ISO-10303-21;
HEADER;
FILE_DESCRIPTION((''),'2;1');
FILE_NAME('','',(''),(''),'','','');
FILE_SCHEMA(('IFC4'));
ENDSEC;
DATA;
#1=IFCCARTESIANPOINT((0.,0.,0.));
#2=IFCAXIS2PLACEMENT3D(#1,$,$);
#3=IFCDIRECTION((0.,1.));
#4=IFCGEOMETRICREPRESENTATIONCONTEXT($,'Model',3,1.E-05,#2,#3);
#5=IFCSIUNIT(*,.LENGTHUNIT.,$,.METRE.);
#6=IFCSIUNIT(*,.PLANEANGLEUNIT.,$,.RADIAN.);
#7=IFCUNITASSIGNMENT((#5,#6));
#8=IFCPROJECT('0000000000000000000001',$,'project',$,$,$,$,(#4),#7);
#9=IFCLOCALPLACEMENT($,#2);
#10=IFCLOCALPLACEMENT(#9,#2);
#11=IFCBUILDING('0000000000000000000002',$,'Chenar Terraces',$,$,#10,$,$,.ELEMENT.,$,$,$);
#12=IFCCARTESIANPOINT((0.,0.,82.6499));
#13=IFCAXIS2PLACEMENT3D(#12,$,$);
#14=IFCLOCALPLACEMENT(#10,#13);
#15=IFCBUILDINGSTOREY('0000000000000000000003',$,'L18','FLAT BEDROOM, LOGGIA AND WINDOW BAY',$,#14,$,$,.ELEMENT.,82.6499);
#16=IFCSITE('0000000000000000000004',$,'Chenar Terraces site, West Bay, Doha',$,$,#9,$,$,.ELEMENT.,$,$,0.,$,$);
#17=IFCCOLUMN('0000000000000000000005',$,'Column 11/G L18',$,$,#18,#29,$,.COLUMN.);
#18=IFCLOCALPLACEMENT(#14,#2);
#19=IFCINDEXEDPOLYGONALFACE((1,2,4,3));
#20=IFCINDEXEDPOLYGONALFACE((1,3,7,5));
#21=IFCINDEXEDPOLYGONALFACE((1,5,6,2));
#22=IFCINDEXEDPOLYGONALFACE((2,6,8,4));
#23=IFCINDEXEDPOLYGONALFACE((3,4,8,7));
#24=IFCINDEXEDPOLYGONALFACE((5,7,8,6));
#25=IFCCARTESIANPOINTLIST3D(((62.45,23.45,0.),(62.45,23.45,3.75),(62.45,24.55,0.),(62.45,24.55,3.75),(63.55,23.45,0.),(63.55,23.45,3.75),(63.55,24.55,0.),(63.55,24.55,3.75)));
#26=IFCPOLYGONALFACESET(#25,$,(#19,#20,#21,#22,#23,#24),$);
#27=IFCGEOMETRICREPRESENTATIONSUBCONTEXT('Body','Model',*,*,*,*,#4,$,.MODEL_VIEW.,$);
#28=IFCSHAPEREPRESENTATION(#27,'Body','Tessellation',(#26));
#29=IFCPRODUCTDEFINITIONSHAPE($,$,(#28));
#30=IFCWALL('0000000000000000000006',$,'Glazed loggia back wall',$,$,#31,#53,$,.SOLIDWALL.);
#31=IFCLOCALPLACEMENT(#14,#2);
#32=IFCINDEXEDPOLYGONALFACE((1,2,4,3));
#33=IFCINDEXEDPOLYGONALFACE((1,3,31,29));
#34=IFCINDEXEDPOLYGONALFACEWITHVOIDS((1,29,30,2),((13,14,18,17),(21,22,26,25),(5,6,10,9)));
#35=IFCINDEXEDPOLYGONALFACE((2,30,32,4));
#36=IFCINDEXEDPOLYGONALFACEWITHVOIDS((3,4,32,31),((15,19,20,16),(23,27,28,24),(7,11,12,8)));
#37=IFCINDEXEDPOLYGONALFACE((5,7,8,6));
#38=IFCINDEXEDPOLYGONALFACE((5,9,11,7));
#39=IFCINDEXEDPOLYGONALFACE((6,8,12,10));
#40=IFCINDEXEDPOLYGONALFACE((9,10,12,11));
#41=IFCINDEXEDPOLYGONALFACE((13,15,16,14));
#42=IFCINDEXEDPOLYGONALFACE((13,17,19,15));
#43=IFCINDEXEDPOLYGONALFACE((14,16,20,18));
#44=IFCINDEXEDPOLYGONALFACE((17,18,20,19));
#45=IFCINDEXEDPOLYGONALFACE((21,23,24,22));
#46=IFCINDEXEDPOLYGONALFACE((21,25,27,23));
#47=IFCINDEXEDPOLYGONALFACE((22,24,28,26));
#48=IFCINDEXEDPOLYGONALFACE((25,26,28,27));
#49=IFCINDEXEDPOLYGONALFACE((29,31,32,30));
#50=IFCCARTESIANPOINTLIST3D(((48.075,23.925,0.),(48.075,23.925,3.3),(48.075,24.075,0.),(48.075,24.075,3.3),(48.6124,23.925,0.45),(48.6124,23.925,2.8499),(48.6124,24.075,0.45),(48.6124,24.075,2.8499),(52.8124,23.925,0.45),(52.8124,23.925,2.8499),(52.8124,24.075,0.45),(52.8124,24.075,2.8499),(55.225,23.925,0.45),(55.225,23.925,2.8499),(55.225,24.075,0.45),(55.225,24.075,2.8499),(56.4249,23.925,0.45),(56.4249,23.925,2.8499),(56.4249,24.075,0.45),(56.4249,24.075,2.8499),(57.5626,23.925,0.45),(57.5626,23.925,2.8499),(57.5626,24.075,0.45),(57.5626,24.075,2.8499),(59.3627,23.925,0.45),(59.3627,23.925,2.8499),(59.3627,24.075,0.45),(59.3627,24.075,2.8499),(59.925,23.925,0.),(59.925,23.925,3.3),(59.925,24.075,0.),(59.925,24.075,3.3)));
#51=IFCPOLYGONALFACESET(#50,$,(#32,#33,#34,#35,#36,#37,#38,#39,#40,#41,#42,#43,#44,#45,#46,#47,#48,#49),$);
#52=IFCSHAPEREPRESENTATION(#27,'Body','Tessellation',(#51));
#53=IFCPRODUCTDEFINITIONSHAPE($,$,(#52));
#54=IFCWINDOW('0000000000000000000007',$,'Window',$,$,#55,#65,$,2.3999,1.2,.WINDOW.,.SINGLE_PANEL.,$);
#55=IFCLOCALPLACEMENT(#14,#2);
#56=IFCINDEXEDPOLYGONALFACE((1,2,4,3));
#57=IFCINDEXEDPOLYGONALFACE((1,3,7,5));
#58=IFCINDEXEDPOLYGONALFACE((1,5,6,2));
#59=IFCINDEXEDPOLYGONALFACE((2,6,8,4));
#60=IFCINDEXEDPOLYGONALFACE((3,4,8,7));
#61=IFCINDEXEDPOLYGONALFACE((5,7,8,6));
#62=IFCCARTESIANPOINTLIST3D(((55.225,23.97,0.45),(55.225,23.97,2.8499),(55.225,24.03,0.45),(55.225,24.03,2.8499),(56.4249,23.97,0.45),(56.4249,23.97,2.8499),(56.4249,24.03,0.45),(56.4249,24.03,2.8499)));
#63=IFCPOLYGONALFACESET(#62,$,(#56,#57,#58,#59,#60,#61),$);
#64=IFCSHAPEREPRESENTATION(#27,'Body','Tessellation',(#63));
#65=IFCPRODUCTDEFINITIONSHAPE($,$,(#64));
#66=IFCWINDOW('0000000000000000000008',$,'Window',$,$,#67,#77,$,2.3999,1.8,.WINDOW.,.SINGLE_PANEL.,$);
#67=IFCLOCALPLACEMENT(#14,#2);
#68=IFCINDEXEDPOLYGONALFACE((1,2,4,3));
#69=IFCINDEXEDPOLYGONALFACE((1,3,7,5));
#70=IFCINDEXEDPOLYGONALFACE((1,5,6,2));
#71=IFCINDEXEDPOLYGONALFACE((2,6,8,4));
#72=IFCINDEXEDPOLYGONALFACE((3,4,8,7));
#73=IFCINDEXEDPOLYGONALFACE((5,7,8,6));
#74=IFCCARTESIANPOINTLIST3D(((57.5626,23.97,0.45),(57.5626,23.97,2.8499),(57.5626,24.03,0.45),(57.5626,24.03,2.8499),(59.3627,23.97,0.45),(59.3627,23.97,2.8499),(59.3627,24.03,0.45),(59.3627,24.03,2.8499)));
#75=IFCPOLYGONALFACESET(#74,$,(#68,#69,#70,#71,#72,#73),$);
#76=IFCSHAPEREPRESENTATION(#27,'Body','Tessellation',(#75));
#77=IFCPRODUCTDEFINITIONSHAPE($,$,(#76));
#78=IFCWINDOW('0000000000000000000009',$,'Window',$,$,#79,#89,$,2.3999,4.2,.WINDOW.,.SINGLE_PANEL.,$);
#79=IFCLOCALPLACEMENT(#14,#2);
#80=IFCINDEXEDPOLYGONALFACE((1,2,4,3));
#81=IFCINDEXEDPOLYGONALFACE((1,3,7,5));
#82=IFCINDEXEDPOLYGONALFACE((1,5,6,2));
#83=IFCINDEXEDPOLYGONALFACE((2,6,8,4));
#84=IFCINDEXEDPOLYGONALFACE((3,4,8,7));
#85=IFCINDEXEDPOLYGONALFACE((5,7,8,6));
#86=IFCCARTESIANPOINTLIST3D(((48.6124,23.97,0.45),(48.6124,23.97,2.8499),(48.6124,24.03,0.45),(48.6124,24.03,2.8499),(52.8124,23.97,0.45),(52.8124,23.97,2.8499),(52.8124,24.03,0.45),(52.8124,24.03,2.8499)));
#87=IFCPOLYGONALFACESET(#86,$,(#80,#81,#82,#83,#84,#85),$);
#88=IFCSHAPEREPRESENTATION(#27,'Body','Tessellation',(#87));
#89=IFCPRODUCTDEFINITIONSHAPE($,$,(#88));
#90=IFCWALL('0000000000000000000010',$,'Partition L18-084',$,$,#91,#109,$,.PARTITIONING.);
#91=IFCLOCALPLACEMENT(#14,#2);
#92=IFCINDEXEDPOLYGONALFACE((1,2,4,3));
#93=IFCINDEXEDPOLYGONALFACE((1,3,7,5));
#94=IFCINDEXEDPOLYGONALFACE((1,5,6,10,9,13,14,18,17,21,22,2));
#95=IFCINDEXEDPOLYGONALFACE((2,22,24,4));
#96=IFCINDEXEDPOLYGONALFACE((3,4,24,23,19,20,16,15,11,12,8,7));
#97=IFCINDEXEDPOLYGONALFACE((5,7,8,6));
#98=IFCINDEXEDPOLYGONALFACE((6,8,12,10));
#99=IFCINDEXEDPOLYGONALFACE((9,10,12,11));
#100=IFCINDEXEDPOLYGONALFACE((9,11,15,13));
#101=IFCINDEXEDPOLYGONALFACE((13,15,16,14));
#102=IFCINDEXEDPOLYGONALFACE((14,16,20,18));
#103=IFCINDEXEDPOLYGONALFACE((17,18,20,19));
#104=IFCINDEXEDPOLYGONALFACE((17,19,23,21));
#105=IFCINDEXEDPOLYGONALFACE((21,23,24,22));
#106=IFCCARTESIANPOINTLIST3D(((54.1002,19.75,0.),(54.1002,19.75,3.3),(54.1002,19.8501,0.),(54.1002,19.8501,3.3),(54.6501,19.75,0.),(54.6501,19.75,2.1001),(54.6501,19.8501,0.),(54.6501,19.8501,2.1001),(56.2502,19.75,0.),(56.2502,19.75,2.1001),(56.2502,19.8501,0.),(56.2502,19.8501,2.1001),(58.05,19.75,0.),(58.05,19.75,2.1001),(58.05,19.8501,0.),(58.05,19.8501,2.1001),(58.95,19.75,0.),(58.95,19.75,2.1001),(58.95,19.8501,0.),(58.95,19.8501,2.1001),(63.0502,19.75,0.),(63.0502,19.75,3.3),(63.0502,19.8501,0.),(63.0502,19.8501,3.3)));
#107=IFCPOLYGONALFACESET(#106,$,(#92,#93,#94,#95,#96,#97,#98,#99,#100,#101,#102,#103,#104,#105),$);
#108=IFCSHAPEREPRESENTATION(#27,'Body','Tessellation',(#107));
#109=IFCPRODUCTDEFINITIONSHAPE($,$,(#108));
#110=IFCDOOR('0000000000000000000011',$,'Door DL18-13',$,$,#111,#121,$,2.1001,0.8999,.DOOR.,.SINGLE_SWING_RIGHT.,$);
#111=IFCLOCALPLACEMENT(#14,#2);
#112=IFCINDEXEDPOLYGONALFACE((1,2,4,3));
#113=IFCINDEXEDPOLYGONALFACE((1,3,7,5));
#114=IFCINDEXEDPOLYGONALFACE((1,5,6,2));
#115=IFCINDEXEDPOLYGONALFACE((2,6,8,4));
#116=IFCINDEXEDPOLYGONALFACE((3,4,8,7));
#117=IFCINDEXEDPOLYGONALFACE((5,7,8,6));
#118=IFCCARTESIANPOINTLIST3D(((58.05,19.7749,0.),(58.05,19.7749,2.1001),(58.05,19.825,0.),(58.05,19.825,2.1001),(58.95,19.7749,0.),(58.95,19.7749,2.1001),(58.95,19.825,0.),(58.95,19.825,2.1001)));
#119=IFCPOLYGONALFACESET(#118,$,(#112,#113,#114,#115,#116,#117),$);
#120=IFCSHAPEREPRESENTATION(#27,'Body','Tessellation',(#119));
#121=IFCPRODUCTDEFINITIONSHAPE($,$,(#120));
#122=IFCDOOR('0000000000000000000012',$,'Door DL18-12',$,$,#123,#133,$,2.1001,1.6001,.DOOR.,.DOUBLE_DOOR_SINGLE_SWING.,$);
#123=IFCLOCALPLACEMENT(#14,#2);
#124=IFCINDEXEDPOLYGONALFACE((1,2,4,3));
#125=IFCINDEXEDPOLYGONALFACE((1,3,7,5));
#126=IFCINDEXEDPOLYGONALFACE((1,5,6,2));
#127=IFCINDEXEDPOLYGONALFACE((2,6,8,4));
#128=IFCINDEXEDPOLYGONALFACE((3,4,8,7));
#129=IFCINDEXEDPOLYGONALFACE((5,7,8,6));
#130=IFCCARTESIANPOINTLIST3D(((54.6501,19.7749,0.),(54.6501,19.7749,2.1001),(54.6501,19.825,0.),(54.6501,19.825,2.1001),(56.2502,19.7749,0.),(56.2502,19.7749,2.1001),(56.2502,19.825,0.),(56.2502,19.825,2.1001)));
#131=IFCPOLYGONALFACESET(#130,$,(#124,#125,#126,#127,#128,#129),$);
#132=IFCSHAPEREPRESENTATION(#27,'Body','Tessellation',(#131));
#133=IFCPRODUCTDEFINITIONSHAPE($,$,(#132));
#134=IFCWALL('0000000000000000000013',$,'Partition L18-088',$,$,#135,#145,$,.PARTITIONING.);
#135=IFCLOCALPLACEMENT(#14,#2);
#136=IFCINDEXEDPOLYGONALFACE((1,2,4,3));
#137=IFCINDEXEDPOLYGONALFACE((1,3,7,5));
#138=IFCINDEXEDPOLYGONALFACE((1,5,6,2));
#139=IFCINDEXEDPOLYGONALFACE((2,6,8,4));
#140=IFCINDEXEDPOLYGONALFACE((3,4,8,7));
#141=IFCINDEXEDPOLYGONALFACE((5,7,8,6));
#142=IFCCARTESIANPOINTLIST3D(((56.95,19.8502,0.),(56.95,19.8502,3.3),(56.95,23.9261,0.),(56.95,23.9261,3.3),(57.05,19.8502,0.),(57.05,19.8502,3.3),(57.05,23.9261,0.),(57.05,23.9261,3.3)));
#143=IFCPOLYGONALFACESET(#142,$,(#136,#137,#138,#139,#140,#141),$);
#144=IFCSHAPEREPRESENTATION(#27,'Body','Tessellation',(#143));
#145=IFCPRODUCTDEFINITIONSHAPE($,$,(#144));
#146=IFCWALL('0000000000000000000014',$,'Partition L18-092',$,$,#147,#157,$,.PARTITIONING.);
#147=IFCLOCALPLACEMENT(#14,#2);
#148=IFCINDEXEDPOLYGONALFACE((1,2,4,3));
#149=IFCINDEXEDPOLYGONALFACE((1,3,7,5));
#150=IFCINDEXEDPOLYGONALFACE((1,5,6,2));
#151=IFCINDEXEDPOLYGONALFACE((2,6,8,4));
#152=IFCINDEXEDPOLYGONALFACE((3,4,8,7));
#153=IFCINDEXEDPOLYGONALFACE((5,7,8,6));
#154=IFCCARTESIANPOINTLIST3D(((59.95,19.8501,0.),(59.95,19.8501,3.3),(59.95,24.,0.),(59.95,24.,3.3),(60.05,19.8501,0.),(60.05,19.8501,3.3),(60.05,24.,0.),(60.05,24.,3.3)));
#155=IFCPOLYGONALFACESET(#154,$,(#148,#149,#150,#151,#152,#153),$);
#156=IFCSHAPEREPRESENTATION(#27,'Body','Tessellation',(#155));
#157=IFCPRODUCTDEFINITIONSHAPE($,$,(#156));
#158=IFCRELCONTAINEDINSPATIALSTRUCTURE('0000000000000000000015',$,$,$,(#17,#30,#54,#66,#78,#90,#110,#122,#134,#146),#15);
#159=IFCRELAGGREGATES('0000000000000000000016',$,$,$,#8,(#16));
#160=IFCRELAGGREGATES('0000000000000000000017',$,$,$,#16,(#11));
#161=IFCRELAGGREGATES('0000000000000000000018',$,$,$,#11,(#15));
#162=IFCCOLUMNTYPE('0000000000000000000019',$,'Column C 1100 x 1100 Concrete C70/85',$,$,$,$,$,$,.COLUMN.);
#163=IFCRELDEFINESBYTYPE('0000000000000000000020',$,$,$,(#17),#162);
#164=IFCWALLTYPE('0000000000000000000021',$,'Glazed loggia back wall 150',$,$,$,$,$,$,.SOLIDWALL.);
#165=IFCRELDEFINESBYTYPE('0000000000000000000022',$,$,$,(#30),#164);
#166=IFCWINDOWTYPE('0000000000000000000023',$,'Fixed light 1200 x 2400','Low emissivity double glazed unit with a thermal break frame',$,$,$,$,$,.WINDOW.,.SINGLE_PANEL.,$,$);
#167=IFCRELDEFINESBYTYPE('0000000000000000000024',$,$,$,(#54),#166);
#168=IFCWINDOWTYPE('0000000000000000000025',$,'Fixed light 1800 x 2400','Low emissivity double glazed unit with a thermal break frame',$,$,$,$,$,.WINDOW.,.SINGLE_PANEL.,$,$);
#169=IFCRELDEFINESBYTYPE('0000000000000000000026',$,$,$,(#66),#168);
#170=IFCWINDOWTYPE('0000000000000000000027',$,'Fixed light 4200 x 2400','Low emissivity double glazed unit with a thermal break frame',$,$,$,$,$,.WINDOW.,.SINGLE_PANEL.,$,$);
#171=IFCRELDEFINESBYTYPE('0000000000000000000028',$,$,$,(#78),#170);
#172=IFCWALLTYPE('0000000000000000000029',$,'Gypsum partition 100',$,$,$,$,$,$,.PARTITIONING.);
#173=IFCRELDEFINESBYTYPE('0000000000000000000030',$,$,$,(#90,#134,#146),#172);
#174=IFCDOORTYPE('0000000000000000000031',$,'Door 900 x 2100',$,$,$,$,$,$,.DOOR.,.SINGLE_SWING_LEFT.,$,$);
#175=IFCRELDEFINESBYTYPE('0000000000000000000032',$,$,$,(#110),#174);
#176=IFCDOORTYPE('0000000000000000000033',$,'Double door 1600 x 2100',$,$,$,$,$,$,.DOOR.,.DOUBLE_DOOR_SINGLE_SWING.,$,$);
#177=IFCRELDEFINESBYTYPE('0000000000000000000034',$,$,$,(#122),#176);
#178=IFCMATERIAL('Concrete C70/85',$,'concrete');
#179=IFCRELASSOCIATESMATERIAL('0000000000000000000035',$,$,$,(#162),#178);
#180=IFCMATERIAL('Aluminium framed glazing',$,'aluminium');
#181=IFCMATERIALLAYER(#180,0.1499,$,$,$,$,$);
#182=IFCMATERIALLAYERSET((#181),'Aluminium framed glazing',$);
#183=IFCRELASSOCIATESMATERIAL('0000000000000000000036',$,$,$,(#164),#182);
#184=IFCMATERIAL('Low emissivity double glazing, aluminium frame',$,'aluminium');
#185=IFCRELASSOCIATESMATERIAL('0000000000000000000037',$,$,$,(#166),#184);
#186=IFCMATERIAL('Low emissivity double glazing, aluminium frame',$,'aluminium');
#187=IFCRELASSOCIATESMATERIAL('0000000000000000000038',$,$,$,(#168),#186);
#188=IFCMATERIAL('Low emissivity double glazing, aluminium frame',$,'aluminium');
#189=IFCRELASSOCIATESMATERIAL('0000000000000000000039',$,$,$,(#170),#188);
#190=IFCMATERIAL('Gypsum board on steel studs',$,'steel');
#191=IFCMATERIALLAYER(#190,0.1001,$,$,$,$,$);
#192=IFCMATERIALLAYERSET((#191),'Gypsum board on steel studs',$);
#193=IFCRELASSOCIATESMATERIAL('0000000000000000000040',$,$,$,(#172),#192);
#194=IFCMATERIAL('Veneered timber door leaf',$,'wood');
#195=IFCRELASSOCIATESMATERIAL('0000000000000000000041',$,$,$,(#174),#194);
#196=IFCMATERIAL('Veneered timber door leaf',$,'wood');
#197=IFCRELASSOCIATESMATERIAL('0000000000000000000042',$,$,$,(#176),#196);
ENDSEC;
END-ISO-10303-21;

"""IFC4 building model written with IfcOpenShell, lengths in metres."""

from ifc_helpers import new_model, si_unit, direction, frame, frame_2d, origin, origin_2d, place, context, subcontext, project, spatial, rectangle, extrude, material, layer, layer_set, material_profile, profile_set, type_object, element, fill, save


model = new_model("IFC4")

# Units and contexts
model_context = context("Model", 3, precision=1e-05, world=origin(), true_north=direction((0.0, 1.0)))
body_context = subcontext(model_context, "Body", "Model", "MODEL_VIEW")
ifc_project = project(units=[si_unit("LENGTHUNIT", "METRE"), si_unit("PLANEANGLEUNIT", "RADIAN")], contexts=[model_context])

# Site, building, storey
site_placement = place(None, origin())
site = spatial("IfcSite", under=ifc_project, at=site_placement, Name="Chenar Terraces site, West Bay, Doha", CompositionType="ELEMENT", RefElevation=0.0)
building_placement = place(site_placement, origin())
building = spatial("IfcBuilding", under=site, at=building_placement, Name="Chenar Terraces", CompositionType="ELEMENT")
storey_placement = place(building_placement, frame((0.0, 0.0, 82.6499)))
storey = spatial("IfcBuildingStorey", under=building, at=storey_placement, Name="L18", Description="FLAT BEDROOM, LOGGIA AND WINDOW BAY", CompositionType="ELEMENT", Elevation=82.6499)

# Column
ifc_material_1 = material(Name="Concrete C70/85", Category="concrete")
ifc_material_profile = material_profile(ifc_material_1, rectangle(XDim=1.1001, YDim=1.1001, at=origin_2d()), Name="C 1100 x 1100")
ifc_profile_set = profile_set([ifc_material_profile], Name="Concrete C70/85")
column_type = type_object("IfcColumnType", Name="Column C 1100 x 1100 Concrete C70/85", PredefinedType="COLUMN", material=ifc_profile_set)
column_placement = place(storey_placement, frame((63.0, 24.0, 0.0), z_axis=(0.0, 0.0, 1.0), x_axis=(1.0, 0.0, 0.0)))
element("IfcColumn", 1, at=column_placement, inside=storey, type_object=column_type, Name="Column 11/G L18", PredefinedType="COLUMN", context=body_context, shape_type="SweptSolid", body=[
    extrude(rectangle(XDim=1.1001, YDim=1.1001, at=origin_2d()), origin(), (0.0, 0.0, 1.0), 3.75),
])

# Wall, openings, windows
ifc_material_2 = material(Name="Aluminium framed glazing", Category="aluminium")
ifc_layer_1 = layer(ifc_material_2, 0.1499)
ifc_layer_set_1 = layer_set([ifc_layer_1], Name="Aluminium framed glazing")
wall_type_1 = type_object("IfcWallType", Name="Glazed loggia back wall 150", PredefinedType="SOLIDWALL", material=ifc_layer_set_1)
wall_1_placement = place(storey_placement, frame((59.925, 24.0, 0.0), z_axis=(0.0, 0.0, 1.0), x_axis=(-1.0, 0.0, 0.0)))
wall_1 = element("IfcWall", 2, at=wall_1_placement, inside=storey, type_object=wall_type_1, Name="Glazed loggia back wall", PredefinedType="SOLIDWALL", context=body_context, shape_type="SweptSolid", body=[
    extrude(rectangle(XDim=11.8501, YDim=0.1499, at=frame_2d((5.925, 0.0))), origin(), (0.0, 0.0, 1.0), 3.3),
])
opening_1_placement = place(wall_1_placement, frame((0.5625, 0.0, 0.45)))
opening_1 = element("IfcOpeningElement", 3, at=opening_1_placement, cuts=wall_1, PredefinedType="OPENING", context=body_context, shape_type="SweptSolid", body=[
    extrude(rectangle(XDim=1.8, YDim=2.3999, at=frame_2d((0.8999, 1.2))), frame((0.0, 0.085, 0.0), z_axis=(0.0, -1.0, 0.0), x_axis=(1.0, 0.0, 0.0)), (0.0, 0.0, 1.0), 0.1699),
])
opening_2_placement = place(wall_1_placement, frame((3.5, 0.0, 0.45)))
opening_2 = element("IfcOpeningElement", 4, at=opening_2_placement, cuts=wall_1, PredefinedType="OPENING", context=body_context, shape_type="SweptSolid", body=[
    extrude(rectangle(XDim=1.2, YDim=2.3999, at=frame_2d((0.6001, 1.2))), frame((0.0, 0.085, 0.0), z_axis=(0.0, -1.0, 0.0), x_axis=(1.0, 0.0, 0.0)), (0.0, 0.0, 1.0), 0.1699),
])
opening_3_placement = place(wall_1_placement, frame((7.1125, 0.0, 0.45)))
opening_3 = element("IfcOpeningElement", 5, at=opening_3_placement, cuts=wall_1, PredefinedType="OPENING", context=body_context, shape_type="SweptSolid", body=[
    extrude(rectangle(XDim=4.2, YDim=2.3999, at=frame_2d((2.1001, 1.2))), frame((0.0, 0.085, 0.0), z_axis=(0.0, -1.0, 0.0), x_axis=(1.0, 0.0, 0.0)), (0.0, 0.0, 1.0), 0.1699),
])
ifc_material_3 = material(Name="Low emissivity double glazing, aluminium frame", Category="aluminium")
window_type_1 = type_object("IfcWindowType", Name="Fixed light 1200 x 2400", Description="Low emissivity double glazed unit with a thermal break frame", PartitioningType="SINGLE_PANEL", PredefinedType="WINDOW", material=ifc_material_3)
window_1_placement = place(opening_2_placement, origin())
window_1 = element("IfcWindow", 6, at=window_1_placement, inside=storey, type_object=window_type_1, Name="Window", OverallHeight=2.3999, OverallWidth=1.2, PartitioningType="SINGLE_PANEL", PredefinedType="WINDOW", context=body_context, shape_type="SweptSolid", body=[
    extrude(rectangle(XDim=1.2, YDim=2.3999, at=frame_2d((0.6001, 1.2))), frame((0.0, 0.03, 0.0), z_axis=(0.0, -1.0, 0.0), x_axis=(1.0, 0.0, 0.0)), (0.0, 0.0, 1.0), 0.0601),
])
fill(opening_2, window_1)
ifc_material_4 = material(Name="Low emissivity double glazing, aluminium frame", Category="aluminium")
window_type_2 = type_object("IfcWindowType", Name="Fixed light 1800 x 2400", Description="Low emissivity double glazed unit with a thermal break frame", PartitioningType="SINGLE_PANEL", PredefinedType="WINDOW", material=ifc_material_4)
window_2_placement = place(opening_1_placement, origin())
window_2 = element("IfcWindow", 7, at=window_2_placement, inside=storey, type_object=window_type_2, Name="Window", OverallHeight=2.3999, OverallWidth=1.8, PartitioningType="SINGLE_PANEL", PredefinedType="WINDOW", context=body_context, shape_type="SweptSolid", body=[
    extrude(rectangle(XDim=1.8, YDim=2.3999, at=frame_2d((0.8999, 1.2))), frame((0.0, 0.03, 0.0), z_axis=(0.0, -1.0, 0.0), x_axis=(1.0, 0.0, 0.0)), (0.0, 0.0, 1.0), 0.0601),
])
fill(opening_1, window_2)
ifc_material_5 = material(Name="Low emissivity double glazing, aluminium frame", Category="aluminium")
window_type_3 = type_object("IfcWindowType", Name="Fixed light 4200 x 2400", Description="Low emissivity double glazed unit with a thermal break frame", PartitioningType="SINGLE_PANEL", PredefinedType="WINDOW", material=ifc_material_5)
window_3_placement = place(opening_3_placement, origin())
window_3 = element("IfcWindow", 8, at=window_3_placement, inside=storey, type_object=window_type_3, Name="Window", OverallHeight=2.3999, OverallWidth=4.2, PartitioningType="SINGLE_PANEL", PredefinedType="WINDOW", context=body_context, shape_type="SweptSolid", body=[
    extrude(rectangle(XDim=4.2, YDim=2.3999, at=frame_2d((2.1001, 1.2))), frame((0.0, 0.03, 0.0), z_axis=(0.0, -1.0, 0.0), x_axis=(1.0, 0.0, 0.0)), (0.0, 0.0, 1.0), 0.0601),
])
fill(opening_3, window_3)

# Wall, openings, doors
ifc_material_6 = material(Name="Gypsum board on steel studs", Category="steel")
ifc_layer_2 = layer(ifc_material_6, 0.1001)
ifc_layer_set_2 = layer_set([ifc_layer_2], Name="Gypsum board on steel studs")
wall_type_2 = type_object("IfcWallType", Name="Gypsum partition 100", PredefinedType="PARTITIONING", material=ifc_layer_set_2)
wall_2_placement = place(storey_placement, frame((54.1001, 19.8, 0.0), z_axis=(0.0, 0.0, 1.0), x_axis=(1.0, 0.0, 0.0)))
wall_2 = element("IfcWall", 9, at=wall_2_placement, inside=storey, type_object=wall_type_2, Name="Partition L18-084", PredefinedType="PARTITIONING", context=body_context, shape_type="SweptSolid", body=[
    extrude(rectangle(XDim=8.95, YDim=0.1001, at=frame_2d((4.4751, 0.0))), origin(), (0.0, 0.0, 1.0), 3.3),
])
opening_4_placement = place(wall_2_placement, frame((0.55, 0.0, 0.0)))
opening_4 = element("IfcOpeningElement", 10, at=opening_4_placement, cuts=wall_2, PredefinedType="OPENING", context=body_context, shape_type="SweptSolid", body=[
    extrude(rectangle(XDim=1.6001, YDim=2.1001, at=frame_2d((0.8, 1.05))), frame((0.0, 0.0601, 0.0), z_axis=(0.0, -1.0, 0.0), x_axis=(1.0, 0.0, 0.0)), (0.0, 0.0, 1.0), 0.1201),
])
opening_5_placement = place(wall_2_placement, frame((3.95, 0.0, 0.0)))
opening_5 = element("IfcOpeningElement", 11, at=opening_5_placement, cuts=wall_2, PredefinedType="OPENING", context=body_context, shape_type="SweptSolid", body=[
    extrude(rectangle(XDim=0.8999, YDim=2.1001, at=frame_2d((0.45, 1.05))), frame((0.0, 0.0601, 0.0), z_axis=(0.0, -1.0, 0.0), x_axis=(1.0, 0.0, 0.0)), (0.0, 0.0, 1.0), 0.1201),
])
ifc_material_7 = material(Name="Veneered timber door leaf", Category="wood")
door_type_1 = type_object("IfcDoorType", Name="Door 900 x 2100", OperationType="SINGLE_SWING_LEFT", PredefinedType="DOOR", material=ifc_material_7)
door_1_placement = place(opening_5_placement, origin())
door_1 = element("IfcDoor", 12, at=door_1_placement, inside=storey, type_object=door_type_1, Name="Door DL18-13", OperationType="SINGLE_SWING_RIGHT", OverallHeight=2.1001, OverallWidth=0.8999, PredefinedType="DOOR", context=body_context, shape_type="SweptSolid", body=[
    extrude(rectangle(XDim=0.8999, YDim=2.1001, at=frame_2d((0.45, 1.05))), frame((0.0, 0.0249, 0.0), z_axis=(0.0, -1.0, 0.0), x_axis=(1.0, 0.0, 0.0)), (0.0, 0.0, 1.0), 0.05),
])
fill(opening_5, door_1)
ifc_material_8 = material(Name="Veneered timber door leaf", Category="wood")
door_type_2 = type_object("IfcDoorType", Name="Double door 1600 x 2100", OperationType="DOUBLE_DOOR_SINGLE_SWING", PredefinedType="DOOR", material=ifc_material_8)
door_2_placement = place(opening_4_placement, origin())
door_2 = element("IfcDoor", 13, at=door_2_placement, inside=storey, type_object=door_type_2, Name="Door DL18-12", OperationType="DOUBLE_DOOR_SINGLE_SWING", OverallHeight=2.1001, OverallWidth=1.6001, PredefinedType="DOOR", context=body_context, shape_type="SweptSolid", body=[
    extrude(rectangle(XDim=1.6001, YDim=2.1001, at=frame_2d((0.8, 1.05))), frame((0.0, 0.0249, 0.0), z_axis=(0.0, -1.0, 0.0), x_axis=(1.0, 0.0, 0.0)), (0.0, 0.0, 1.0), 0.05),
])
fill(opening_4, door_2)

# Walls
wall_3_placement = place(storey_placement, frame((57.0, 19.8501, 0.0), z_axis=(0.0, 0.0, 1.0), x_axis=(0.0, 1.0, 0.0)))
element("IfcWall", 14, at=wall_3_placement, inside=storey, type_object=wall_type_2, Name="Partition L18-088", PredefinedType="PARTITIONING", context=body_context, shape_type="SweptSolid", body=[
    extrude(rectangle(XDim=4.0759, YDim=0.1001, at=frame_2d((2.0381, 0.0))), origin(), (0.0, 0.0, 1.0), 3.3),
])
wall_4_placement = place(storey_placement, frame((60.0, 19.8501, 0.0), z_axis=(0.0, 0.0, 1.0), x_axis=(0.0, 1.0, 0.0)))
element("IfcWall", 15, at=wall_4_placement, inside=storey, type_object=wall_type_2, Name="Partition L18-092", PredefinedType="PARTITIONING", context=body_context, shape_type="SweptSolid", body=[
    extrude(rectangle(XDim=4.1499, YDim=0.1001, at=frame_2d((2.075, 0.0))), origin(), (0.0, 0.0, 1.0), 3.3),
])

save(model, "model.ifc")
